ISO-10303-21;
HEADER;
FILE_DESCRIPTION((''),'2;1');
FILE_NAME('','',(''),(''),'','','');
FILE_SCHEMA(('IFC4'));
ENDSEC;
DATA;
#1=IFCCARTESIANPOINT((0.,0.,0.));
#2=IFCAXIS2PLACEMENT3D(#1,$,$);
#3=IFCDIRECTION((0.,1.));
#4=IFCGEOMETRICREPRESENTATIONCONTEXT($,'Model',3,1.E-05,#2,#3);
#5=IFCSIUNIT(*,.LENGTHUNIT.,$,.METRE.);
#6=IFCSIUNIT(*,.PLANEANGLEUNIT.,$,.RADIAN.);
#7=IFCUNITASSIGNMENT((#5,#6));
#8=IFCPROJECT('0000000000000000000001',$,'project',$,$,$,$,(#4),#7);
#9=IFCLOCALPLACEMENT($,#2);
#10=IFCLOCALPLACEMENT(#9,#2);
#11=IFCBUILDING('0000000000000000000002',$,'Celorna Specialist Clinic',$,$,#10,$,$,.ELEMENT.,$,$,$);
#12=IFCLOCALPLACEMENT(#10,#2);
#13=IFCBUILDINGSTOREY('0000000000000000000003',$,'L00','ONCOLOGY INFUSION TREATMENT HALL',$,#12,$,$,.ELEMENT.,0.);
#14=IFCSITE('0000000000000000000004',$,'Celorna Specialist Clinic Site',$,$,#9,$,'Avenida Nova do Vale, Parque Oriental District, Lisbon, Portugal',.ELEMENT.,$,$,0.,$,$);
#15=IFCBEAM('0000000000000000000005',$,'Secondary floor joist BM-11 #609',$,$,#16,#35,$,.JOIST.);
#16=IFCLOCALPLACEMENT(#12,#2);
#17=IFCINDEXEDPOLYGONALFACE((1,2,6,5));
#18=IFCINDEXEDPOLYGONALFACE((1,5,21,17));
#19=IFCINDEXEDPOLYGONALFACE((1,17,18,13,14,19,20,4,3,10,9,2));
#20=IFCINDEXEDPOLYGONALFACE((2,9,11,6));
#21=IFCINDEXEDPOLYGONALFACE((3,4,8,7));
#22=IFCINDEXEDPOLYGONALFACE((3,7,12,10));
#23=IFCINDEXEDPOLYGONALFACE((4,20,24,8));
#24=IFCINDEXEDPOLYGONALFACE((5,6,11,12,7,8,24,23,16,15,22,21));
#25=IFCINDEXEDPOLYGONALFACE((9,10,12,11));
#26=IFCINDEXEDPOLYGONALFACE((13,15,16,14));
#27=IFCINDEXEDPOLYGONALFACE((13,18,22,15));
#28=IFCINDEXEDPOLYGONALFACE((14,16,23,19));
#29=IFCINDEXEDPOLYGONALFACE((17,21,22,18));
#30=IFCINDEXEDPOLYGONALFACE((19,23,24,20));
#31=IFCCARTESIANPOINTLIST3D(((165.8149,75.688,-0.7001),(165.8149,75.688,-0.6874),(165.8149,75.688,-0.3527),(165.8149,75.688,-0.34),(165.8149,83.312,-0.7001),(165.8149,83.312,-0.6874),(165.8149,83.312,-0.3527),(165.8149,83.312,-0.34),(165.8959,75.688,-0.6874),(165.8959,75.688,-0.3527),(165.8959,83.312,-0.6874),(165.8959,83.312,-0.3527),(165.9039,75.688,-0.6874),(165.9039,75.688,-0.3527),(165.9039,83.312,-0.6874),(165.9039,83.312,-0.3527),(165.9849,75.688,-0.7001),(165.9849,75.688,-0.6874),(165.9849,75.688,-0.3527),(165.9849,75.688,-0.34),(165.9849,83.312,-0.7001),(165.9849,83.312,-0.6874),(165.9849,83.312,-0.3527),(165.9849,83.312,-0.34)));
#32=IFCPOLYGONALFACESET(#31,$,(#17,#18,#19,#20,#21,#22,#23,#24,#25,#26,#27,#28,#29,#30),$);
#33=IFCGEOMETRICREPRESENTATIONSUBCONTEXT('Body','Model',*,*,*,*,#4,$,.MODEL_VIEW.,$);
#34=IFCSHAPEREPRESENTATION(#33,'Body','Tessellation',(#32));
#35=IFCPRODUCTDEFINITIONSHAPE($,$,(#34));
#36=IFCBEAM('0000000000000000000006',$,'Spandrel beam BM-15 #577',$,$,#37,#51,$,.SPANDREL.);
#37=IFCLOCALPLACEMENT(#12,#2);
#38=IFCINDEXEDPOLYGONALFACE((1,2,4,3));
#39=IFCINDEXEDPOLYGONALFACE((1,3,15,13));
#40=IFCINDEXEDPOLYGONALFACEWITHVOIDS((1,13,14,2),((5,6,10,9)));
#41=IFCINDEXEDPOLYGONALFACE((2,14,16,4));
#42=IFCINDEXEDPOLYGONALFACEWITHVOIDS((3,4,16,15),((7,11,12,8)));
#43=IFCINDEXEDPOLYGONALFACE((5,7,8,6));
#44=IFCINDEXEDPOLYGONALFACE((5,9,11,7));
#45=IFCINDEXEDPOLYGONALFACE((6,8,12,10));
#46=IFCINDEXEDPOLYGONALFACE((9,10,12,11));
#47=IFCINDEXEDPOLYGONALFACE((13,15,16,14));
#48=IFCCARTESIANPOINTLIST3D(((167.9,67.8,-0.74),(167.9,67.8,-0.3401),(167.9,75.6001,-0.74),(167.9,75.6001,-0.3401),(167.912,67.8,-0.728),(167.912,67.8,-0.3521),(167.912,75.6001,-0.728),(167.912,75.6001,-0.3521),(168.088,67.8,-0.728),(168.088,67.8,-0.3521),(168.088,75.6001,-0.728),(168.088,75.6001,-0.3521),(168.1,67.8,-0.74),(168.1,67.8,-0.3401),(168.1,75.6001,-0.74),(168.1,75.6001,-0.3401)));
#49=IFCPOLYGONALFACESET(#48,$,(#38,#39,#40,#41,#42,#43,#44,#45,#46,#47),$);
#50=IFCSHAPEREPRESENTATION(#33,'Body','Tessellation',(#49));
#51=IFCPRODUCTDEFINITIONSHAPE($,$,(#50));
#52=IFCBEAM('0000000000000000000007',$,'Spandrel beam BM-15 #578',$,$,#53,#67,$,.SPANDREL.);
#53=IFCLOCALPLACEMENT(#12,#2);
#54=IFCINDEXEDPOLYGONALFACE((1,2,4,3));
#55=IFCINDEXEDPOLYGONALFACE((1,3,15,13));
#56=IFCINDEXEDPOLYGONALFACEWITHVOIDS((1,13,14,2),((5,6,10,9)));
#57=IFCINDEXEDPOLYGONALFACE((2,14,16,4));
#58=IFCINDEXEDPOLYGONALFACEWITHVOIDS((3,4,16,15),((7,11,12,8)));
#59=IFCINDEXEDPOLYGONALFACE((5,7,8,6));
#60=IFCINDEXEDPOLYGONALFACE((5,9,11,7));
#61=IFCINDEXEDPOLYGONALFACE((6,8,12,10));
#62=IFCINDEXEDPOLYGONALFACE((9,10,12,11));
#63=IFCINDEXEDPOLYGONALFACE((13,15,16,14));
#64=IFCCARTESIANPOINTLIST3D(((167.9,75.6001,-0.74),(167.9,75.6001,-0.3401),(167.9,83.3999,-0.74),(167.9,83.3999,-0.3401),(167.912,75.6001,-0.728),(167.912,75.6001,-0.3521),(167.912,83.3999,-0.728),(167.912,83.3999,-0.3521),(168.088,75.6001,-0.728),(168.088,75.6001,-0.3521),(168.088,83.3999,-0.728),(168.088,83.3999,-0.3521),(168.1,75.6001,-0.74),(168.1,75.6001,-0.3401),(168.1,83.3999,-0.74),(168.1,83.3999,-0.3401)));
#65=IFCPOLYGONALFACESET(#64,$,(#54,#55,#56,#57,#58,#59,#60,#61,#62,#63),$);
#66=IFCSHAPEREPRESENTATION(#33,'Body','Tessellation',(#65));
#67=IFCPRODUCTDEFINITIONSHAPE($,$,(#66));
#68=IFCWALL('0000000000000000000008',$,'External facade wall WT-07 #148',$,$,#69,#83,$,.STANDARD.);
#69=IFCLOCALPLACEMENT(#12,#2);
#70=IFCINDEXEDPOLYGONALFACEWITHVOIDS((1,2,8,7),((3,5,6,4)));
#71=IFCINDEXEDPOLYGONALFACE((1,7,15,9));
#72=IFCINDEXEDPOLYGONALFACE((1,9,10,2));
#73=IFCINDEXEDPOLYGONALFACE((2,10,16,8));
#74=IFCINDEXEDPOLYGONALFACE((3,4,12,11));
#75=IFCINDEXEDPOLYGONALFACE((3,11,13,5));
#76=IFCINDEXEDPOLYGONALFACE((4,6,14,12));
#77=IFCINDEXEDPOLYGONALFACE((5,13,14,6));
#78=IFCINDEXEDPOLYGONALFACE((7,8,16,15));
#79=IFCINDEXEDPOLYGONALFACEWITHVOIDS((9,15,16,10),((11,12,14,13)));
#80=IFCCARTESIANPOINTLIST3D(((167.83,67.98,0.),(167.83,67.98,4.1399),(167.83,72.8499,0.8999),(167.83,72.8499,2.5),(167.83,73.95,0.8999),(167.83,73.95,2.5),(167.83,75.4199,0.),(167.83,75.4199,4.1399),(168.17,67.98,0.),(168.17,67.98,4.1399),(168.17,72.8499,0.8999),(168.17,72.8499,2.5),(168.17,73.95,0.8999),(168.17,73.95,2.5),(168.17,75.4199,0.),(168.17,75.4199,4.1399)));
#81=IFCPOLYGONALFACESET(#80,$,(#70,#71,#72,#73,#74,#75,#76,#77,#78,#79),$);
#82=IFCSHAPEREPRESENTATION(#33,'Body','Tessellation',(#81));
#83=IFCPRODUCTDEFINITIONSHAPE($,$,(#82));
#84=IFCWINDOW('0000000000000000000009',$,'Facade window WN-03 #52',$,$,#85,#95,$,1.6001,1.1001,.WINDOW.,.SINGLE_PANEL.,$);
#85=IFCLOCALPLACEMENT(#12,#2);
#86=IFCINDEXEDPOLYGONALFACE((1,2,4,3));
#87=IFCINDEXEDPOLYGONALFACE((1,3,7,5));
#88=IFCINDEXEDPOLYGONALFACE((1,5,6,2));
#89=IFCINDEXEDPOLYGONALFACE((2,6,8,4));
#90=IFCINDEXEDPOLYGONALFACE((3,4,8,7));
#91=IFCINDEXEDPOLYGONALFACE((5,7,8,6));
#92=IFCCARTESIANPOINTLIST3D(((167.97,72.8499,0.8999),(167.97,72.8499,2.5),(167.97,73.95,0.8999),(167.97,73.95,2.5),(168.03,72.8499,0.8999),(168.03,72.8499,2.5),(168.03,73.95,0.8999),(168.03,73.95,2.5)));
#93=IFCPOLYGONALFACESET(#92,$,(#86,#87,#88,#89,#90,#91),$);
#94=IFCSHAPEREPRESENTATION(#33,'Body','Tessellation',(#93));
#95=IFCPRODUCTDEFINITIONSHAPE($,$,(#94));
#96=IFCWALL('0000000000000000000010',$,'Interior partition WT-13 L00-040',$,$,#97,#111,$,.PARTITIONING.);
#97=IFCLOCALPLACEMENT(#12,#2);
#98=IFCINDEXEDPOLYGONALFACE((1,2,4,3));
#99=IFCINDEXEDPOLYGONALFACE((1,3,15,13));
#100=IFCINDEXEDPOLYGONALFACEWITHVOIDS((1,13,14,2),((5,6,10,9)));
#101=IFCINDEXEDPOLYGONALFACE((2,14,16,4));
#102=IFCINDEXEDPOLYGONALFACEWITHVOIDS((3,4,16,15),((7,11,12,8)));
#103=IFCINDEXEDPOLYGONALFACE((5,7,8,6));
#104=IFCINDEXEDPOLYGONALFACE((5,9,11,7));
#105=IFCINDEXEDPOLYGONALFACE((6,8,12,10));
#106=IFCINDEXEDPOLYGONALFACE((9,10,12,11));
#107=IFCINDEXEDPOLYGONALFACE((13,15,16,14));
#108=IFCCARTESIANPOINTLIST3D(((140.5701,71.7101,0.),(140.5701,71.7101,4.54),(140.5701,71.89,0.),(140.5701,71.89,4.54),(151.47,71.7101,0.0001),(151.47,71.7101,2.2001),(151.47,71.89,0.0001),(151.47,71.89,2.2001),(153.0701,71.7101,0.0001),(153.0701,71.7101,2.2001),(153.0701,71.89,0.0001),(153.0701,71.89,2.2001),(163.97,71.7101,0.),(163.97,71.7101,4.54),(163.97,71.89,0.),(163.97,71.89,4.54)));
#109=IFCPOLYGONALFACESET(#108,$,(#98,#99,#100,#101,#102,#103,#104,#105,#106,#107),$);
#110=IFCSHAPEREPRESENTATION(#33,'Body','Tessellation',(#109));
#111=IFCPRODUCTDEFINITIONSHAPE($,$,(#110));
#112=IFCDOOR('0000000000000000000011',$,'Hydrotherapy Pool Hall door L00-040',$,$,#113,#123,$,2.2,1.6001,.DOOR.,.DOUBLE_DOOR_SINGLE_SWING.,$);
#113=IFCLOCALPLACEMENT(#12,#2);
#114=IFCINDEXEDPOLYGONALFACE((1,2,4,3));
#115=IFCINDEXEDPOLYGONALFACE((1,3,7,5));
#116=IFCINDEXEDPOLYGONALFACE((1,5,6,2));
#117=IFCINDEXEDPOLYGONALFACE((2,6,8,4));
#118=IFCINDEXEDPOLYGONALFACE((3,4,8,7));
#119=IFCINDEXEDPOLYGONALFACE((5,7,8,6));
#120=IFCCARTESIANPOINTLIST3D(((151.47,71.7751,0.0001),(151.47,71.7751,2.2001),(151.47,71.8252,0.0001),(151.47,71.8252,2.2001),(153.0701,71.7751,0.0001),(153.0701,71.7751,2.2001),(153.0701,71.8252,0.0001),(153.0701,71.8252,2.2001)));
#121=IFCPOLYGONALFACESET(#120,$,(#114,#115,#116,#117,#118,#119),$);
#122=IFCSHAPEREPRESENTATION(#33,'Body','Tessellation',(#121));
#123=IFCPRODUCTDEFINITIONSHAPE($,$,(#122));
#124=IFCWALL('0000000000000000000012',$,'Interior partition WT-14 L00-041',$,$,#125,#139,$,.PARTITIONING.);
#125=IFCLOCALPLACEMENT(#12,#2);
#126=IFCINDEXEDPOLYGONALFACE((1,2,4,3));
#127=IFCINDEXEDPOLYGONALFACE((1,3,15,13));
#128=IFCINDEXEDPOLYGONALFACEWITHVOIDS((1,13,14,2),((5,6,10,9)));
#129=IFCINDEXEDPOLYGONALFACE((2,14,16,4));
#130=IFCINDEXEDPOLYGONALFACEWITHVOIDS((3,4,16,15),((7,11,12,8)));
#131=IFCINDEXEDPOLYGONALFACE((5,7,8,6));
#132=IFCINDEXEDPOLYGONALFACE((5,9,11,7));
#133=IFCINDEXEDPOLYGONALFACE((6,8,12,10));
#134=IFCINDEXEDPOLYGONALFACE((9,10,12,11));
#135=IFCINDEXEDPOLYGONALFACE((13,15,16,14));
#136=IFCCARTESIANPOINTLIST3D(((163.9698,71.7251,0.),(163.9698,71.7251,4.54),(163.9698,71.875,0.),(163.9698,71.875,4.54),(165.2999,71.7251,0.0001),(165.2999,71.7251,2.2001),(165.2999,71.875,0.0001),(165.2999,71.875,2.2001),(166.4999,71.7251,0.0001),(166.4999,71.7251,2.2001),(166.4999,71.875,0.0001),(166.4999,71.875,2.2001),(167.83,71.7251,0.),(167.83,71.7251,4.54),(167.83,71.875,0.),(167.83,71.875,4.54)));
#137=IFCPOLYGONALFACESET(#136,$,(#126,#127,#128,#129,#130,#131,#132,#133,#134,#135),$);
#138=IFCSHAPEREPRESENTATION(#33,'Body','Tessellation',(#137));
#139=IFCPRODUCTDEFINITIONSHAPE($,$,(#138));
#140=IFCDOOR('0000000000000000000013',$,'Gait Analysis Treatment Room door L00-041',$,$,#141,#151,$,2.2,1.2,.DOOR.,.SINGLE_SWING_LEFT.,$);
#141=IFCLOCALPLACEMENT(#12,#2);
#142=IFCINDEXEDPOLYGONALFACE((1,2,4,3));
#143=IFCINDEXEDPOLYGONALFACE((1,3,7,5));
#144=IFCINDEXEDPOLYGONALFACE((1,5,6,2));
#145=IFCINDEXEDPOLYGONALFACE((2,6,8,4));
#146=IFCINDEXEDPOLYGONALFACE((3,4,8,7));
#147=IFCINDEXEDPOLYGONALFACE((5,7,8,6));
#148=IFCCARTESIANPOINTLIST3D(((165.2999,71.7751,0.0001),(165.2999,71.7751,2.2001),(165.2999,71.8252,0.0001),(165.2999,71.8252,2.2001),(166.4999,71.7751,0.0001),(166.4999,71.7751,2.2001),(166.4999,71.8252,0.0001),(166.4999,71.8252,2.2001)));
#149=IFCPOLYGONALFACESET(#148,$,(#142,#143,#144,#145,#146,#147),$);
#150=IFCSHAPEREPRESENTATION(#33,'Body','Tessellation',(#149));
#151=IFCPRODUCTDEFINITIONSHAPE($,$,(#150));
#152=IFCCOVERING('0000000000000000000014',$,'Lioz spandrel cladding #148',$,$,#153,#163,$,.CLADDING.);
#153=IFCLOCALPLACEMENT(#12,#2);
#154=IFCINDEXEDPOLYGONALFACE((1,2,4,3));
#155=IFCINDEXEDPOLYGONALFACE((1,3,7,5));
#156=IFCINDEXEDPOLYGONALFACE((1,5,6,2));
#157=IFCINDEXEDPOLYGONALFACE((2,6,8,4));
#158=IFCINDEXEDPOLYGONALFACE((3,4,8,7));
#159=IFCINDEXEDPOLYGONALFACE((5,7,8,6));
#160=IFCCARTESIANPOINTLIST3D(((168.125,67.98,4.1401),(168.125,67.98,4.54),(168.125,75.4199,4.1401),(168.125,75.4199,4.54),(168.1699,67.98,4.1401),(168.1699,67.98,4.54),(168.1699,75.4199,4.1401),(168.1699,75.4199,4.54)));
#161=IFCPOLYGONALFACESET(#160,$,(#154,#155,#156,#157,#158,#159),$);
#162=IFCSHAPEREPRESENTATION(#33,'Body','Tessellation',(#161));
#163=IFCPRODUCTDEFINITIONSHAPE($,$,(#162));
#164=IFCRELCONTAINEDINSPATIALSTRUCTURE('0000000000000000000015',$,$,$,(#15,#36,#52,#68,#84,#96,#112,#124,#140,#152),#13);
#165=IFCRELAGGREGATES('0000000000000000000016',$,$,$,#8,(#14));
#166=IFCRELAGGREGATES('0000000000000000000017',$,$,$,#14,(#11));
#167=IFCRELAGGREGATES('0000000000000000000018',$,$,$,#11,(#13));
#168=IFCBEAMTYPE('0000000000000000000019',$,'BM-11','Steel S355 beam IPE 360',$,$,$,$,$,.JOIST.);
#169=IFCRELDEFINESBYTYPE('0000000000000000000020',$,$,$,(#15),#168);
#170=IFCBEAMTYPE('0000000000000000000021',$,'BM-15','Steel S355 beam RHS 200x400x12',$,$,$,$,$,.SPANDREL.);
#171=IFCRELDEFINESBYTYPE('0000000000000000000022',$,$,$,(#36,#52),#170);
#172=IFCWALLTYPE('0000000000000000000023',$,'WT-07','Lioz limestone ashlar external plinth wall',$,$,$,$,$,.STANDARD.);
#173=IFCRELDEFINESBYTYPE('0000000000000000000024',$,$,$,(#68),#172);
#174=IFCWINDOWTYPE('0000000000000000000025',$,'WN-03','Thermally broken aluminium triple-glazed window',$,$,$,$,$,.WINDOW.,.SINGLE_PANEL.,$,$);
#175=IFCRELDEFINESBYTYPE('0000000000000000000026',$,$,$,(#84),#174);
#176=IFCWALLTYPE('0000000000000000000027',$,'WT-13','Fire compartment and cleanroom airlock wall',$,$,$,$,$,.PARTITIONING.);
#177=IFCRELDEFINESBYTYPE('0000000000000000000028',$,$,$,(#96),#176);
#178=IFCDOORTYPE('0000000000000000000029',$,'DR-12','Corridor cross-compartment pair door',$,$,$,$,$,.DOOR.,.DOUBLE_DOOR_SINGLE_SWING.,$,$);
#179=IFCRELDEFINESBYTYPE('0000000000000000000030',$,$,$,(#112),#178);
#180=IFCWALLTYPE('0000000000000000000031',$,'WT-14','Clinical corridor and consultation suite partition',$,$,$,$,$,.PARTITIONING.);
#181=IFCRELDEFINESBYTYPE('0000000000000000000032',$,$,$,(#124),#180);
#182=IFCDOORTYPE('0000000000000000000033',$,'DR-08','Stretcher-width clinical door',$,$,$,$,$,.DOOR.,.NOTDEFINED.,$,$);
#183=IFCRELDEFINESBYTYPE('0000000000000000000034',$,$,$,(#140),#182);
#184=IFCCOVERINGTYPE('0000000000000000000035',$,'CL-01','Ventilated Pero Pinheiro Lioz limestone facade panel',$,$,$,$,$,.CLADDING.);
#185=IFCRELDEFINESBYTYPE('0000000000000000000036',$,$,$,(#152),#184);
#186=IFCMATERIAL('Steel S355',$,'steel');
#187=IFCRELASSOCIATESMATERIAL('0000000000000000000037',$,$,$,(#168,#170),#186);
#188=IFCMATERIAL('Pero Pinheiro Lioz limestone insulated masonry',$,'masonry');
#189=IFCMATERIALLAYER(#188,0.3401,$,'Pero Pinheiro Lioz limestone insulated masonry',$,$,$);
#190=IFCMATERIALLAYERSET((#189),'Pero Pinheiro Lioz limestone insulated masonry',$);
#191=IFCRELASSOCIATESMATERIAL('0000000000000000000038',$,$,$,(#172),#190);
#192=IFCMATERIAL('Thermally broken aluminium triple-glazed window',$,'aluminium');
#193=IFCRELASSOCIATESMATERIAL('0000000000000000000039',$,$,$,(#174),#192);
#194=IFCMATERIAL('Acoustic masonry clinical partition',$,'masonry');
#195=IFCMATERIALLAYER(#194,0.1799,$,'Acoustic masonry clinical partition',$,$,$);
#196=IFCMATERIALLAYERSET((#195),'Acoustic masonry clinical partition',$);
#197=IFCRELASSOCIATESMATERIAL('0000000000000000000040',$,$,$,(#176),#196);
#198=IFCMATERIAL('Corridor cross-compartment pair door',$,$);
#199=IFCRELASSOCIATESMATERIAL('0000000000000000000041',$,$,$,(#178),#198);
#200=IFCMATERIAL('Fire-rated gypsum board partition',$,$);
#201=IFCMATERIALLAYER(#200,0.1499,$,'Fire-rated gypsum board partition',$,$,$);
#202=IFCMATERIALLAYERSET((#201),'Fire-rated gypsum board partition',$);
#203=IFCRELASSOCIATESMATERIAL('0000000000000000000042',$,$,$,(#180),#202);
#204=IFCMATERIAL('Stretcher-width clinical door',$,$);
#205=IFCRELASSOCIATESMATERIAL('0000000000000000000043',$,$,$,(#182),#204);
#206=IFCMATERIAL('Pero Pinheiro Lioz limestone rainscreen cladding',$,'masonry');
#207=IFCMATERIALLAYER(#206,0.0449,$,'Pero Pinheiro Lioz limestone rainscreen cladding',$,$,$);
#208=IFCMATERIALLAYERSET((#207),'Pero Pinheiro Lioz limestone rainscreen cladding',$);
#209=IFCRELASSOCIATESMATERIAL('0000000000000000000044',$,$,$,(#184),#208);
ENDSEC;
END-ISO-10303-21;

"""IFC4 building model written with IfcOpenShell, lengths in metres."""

from ifc_helpers import new_model, si_unit, direction, frame, frame_2d, origin, origin_2d, place, context, subcontext, project, spatial, rectangle, hollow_rectangle, i_section, extrude, material, layer, layer_set, material_profile, profile_set, type_object, element, fill, save


model = new_model("IFC4")

# Units and contexts
model_context = context("Model", 3, precision=1e-05, world=origin(), true_north=direction((0.0, 1.0)))
body_context = subcontext(model_context, "Body", "Model", "MODEL_VIEW")
ifc_project = project(units=[si_unit("LENGTHUNIT", "METRE"), si_unit("PLANEANGLEUNIT", "RADIAN")], contexts=[model_context])

# Site, building, storey
site_placement = place(None, origin())
site = spatial("IfcSite", under=ifc_project, at=site_placement, Name="Celorna Specialist Clinic Site", LongName="Avenida Nova do Vale, Parque Oriental District, Lisbon, Portugal", CompositionType="ELEMENT", RefElevation=0.0)
building_placement = place(site_placement, origin())
building = spatial("IfcBuilding", under=site, at=building_placement, Name="Celorna Specialist Clinic", CompositionType="ELEMENT")
storey_placement = place(building_placement, origin())
storey = spatial("IfcBuildingStorey", under=building, at=storey_placement, Name="L00", Description="ONCOLOGY INFUSION TREATMENT HALL", CompositionType="ELEMENT", Elevation=0.0)

# Shared definitions
ifc_material_1 = material(Name="Steel S355", Category="steel")

# Beams
ifc_material_profile_1 = material_profile(ifc_material_1, i_section(OverallWidth=0.1699, OverallDepth=0.3601, WebThickness=0.0081, FlangeThickness=0.0127, at=origin_2d()), Name="IPE 360")
ifc_profile_set_1 = profile_set([ifc_material_profile_1], Name="Steel S355")
beam_type_1 = type_object("IfcBeamType", Name="BM-11", Description="Steel S355 beam IPE 360", PredefinedType="JOIST", material=ifc_profile_set_1)
for number, where, z_axis, x_axis, name in (
    (1, (165.8999, 75.688, -0.52), (0.0, 1.0, 0.0), (-1.0, 0.0, 0.0), "Secondary floor joist BM-11 #609"),
):
    element("IfcBeam", number, at=place(storey_placement, frame(where, z_axis=z_axis, x_axis=x_axis)), inside=storey, type_object=beam_type_1, Name=name, PredefinedType="JOIST", context=body_context, shape_type="SweptSolid", body=[
        extrude(i_section(OverallWidth=0.1699, OverallDepth=0.3601, WebThickness=0.0081, FlangeThickness=0.0127, at=origin_2d()), origin(), (0.0, 0.0, 1.0), 7.624),
    ])
ifc_material_profile_2 = material_profile(ifc_material_1, hollow_rectangle(XDim=0.2, YDim=0.3999, WallThickness=0.012, at=origin_2d()), Name="RHS 200x400x12")
ifc_profile_set_2 = profile_set([ifc_material_profile_2], Name="Steel S355")
beam_type_2 = type_object("IfcBeamType", Name="BM-15", Description="Steel S355 beam RHS 200x400x12", PredefinedType="SPANDREL", material=ifc_profile_set_2)
beam_1_placement = place(storey_placement, frame((168.0, 67.8, -0.54), z_axis=(0.0, 1.0, 0.0), x_axis=(-1.0, 0.0, 0.0)))
element("IfcBeam", 2, at=beam_1_placement, inside=storey, type_object=beam_type_2, Name="Spandrel beam BM-15 #577", PredefinedType="SPANDREL", context=body_context, shape_type="SweptSolid", body=[
    extrude(hollow_rectangle(XDim=0.2, YDim=0.3999, WallThickness=0.012, at=origin_2d()), origin(), (0.0, 0.0, 1.0), 7.8),
])
beam_2_placement = place(storey_placement, frame((168.0, 75.6001, -0.54), z_axis=(0.0, 1.0, 0.0), x_axis=(-1.0, 0.0, 0.0)))
element("IfcBeam", 3, at=beam_2_placement, inside=storey, type_object=beam_type_2, Name="Spandrel beam BM-15 #578", PredefinedType="SPANDREL", context=body_context, shape_type="SweptSolid", body=[
    extrude(hollow_rectangle(XDim=0.2, YDim=0.3999, WallThickness=0.012, at=origin_2d()), origin(), (0.0, 0.0, 1.0), 7.7998),
])

# Wall, opening, window
ifc_material_2 = material(Name="Pero Pinheiro Lioz limestone insulated masonry", Category="masonry")
ifc_layer_1 = layer(ifc_material_2, 0.3401, Name="Pero Pinheiro Lioz limestone insulated masonry")
ifc_layer_set_1 = layer_set([ifc_layer_1], Name="Pero Pinheiro Lioz limestone insulated masonry")
wall_type_1 = type_object("IfcWallType", Name="WT-07", Description="Lioz limestone ashlar external plinth wall", PredefinedType="STANDARD", material=ifc_layer_set_1)
wall_1_placement = place(storey_placement, frame((168.0, 75.4199, 0.0), z_axis=(0.0, 0.0, 1.0), x_axis=(0.0, -1.0, 0.0)))
wall_1 = element("IfcWall", 4, at=wall_1_placement, inside=storey, type_object=wall_type_1, Name="External facade wall WT-07 #148", PredefinedType="STANDARD", context=body_context, shape_type="SweptSolid", body=[
    extrude(rectangle(XDim=7.4399, YDim=0.3401, at=frame_2d((3.72, 0.0))), origin(), (0.0, 0.0, 1.0), 4.1399),
])
opening_1_placement = place(wall_1_placement, frame((1.47, 0.0, 0.8999)))
opening_1 = element("IfcOpeningElement", 5, at=opening_1_placement, cuts=wall_1, PredefinedType="OPENING", context=body_context, shape_type="SweptSolid", body=[
    extrude(rectangle(XDim=1.1001, YDim=1.6001, at=frame_2d((0.55, 0.8))), frame((0.0, 0.1799, 0.0), z_axis=(0.0, -1.0, 0.0), x_axis=(1.0, 0.0, 0.0)), (0.0, 0.0, 1.0), 0.3601),
])
ifc_material_3 = material(Name="Thermally broken aluminium triple-glazed window", Category="aluminium")
window_type = type_object("IfcWindowType", Name="WN-03", Description="Thermally broken aluminium triple-glazed window", PartitioningType="SINGLE_PANEL", PredefinedType="WINDOW", material=ifc_material_3)
window_placement = place(opening_1_placement, origin())
window = element("IfcWindow", 6, at=window_placement, inside=storey, type_object=window_type, Name="Facade window WN-03 #52", OverallHeight=1.6001, OverallWidth=1.1001, PartitioningType="SINGLE_PANEL", PredefinedType="WINDOW", context=body_context, shape_type="SweptSolid", body=[
    extrude(rectangle(XDim=1.1001, YDim=1.6001, at=frame_2d((0.55, 0.8))), frame((0.0, 0.03, 0.0), z_axis=(0.0, -1.0, 0.0), x_axis=(1.0, 0.0, 0.0)), (0.0, 0.0, 1.0), 0.0601),
])
fill(opening_1, window)

# Walls, openings, doors
ifc_material_4 = material(Name="Acoustic masonry clinical partition", Category="masonry")
ifc_layer_2 = layer(ifc_material_4, 0.1799, Name="Acoustic masonry clinical partition")
ifc_layer_set_2 = layer_set([ifc_layer_2], Name="Acoustic masonry clinical partition")
wall_type_2 = type_object("IfcWallType", Name="WT-13", Description="Fire compartment and cleanroom airlock wall", PredefinedType="PARTITIONING", material=ifc_layer_set_2)
wall_2_placement = place(storey_placement, frame((163.97, 71.8, 0.0), z_axis=(0.0, 0.0, 1.0), x_axis=(-1.0, 0.0, 0.0)))
wall_2 = element("IfcWall", 7, at=wall_2_placement, inside=storey, type_object=wall_type_2, Name="Interior partition WT-13 L00-040", PredefinedType="PARTITIONING", context=body_context, shape_type="SweptSolid", body=[
    extrude(rectangle(XDim=23.3999, YDim=0.1799, at=frame_2d((11.7, 0.0))), origin(), (0.0, 0.0, 1.0), 4.54),
])
opening_2_placement = place(wall_2_placement, frame((10.8999, 0.0, 0.0)))
opening_2 = element("IfcOpeningElement", 8, at=opening_2_placement, cuts=wall_2, PredefinedType="OPENING", context=body_context, shape_type="SweptSolid", body=[
    extrude(rectangle(XDim=1.6001, YDim=2.2, at=frame_2d((0.8, 1.1001))), frame((0.0, 0.0999, 0.0), z_axis=(0.0, -1.0, 0.0), x_axis=(1.0, 0.0, 0.0)), (0.0, 0.0, 1.0), 0.2),
])
ifc_material_5 = material(Name="Corridor cross-compartment pair door")
door_type_1 = type_object("IfcDoorType", Name="DR-12", Description="Corridor cross-compartment pair door", OperationType="DOUBLE_DOOR_SINGLE_SWING", PredefinedType="DOOR", material=ifc_material_5)
door_1_placement = place(opening_2_placement, origin())
door_1 = element("IfcDoor", 9, at=door_1_placement, inside=storey, type_object=door_type_1, Name="Hydrotherapy Pool Hall door L00-040", OperationType="DOUBLE_DOOR_SINGLE_SWING", OverallHeight=2.2, OverallWidth=1.6001, PredefinedType="DOOR", context=body_context, shape_type="SweptSolid", body=[
    extrude(rectangle(XDim=1.6001, YDim=2.2, at=frame_2d((0.8, 1.1001))), frame((0.0, 0.0249, 0.0), z_axis=(0.0, -1.0, 0.0), x_axis=(1.0, 0.0, 0.0)), (0.0, 0.0, 1.0), 0.05),
])
fill(opening_2, door_1)
ifc_material_6 = material(Name="Fire-rated gypsum board partition")
ifc_layer_3 = layer(ifc_material_6, 0.1499, Name="Fire-rated gypsum board partition")
ifc_layer_set_3 = layer_set([ifc_layer_3], Name="Fire-rated gypsum board partition")
wall_type_3 = type_object("IfcWallType", Name="WT-14", Description="Clinical corridor and consultation suite partition", PredefinedType="PARTITIONING", material=ifc_layer_set_3)
wall_3_placement = place(storey_placement, frame((167.8301, 71.8, 0.0), z_axis=(0.0, 0.0, 1.0), x_axis=(-1.0, 0.0, 0.0)))
wall_3 = element("IfcWall", 10, at=wall_3_placement, inside=storey, type_object=wall_type_3, Name="Interior partition WT-14 L00-041", PredefinedType="PARTITIONING", context=body_context, shape_type="SweptSolid", body=[
    extrude(rectangle(XDim=3.8601, YDim=0.1499, at=frame_2d((1.9302, 0.0))), origin(), (0.0, 0.0, 1.0), 4.54),
])
opening_3_placement = place(wall_3_placement, frame((1.3301, 0.0, 0.0)))
opening_3 = element("IfcOpeningElement", 11, at=opening_3_placement, cuts=wall_3, PredefinedType="OPENING", context=body_context, shape_type="SweptSolid", body=[
    extrude(rectangle(XDim=1.2, YDim=2.2, at=frame_2d((0.6001, 1.1001))), frame((0.0, 0.085, 0.0), z_axis=(0.0, -1.0, 0.0), x_axis=(1.0, 0.0, 0.0)), (0.0, 0.0, 1.0), 0.1699),
])
ifc_material_7 = material(Name="Stretcher-width clinical door")
door_type_2 = type_object("IfcDoorType", Name="DR-08", Description="Stretcher-width clinical door", OperationType="NOTDEFINED", PredefinedType="DOOR", material=ifc_material_7)
door_2_placement = place(opening_3_placement, origin())
door_2 = element("IfcDoor", 12, at=door_2_placement, inside=storey, type_object=door_type_2, Name="Gait Analysis Treatment Room door L00-041", OperationType="SINGLE_SWING_LEFT", OverallHeight=2.2, OverallWidth=1.2, PredefinedType="DOOR", context=body_context, shape_type="SweptSolid", body=[
    extrude(rectangle(XDim=1.2, YDim=2.2, at=frame_2d((0.6001, 1.1001))), frame((0.0, 0.0249, 0.0), z_axis=(0.0, -1.0, 0.0), x_axis=(1.0, 0.0, 0.0)), (0.0, 0.0, 1.0), 0.05),
])
fill(opening_3, door_2)

# Covering
ifc_material_8 = material(Name="Pero Pinheiro Lioz limestone rainscreen cladding", Category="masonry")
ifc_layer_4 = layer(ifc_material_8, 0.0449, Name="Pero Pinheiro Lioz limestone rainscreen cladding")
ifc_layer_set_4 = layer_set([ifc_layer_4], Name="Pero Pinheiro Lioz limestone rainscreen cladding")
covering_type = type_object("IfcCoveringType", Name="CL-01", Description="Ventilated Pero Pinheiro Lioz limestone facade panel", PredefinedType="CLADDING", material=ifc_layer_set_4)
for number, where, z_axis, x_axis, name in (
    (13, (168.1475, 71.7, 4.1401), (0.0, 0.0, 1.0), (0.0, -1.0, 0.0), "Lioz spandrel cladding #148"),
):
    element("IfcCovering", number, at=place(storey_placement, frame(where, z_axis=z_axis, x_axis=x_axis)), inside=storey, type_object=covering_type, Name=name, PredefinedType="CLADDING", context=body_context, shape_type="SweptSolid", body=[
        extrude(rectangle(XDim=7.4399, YDim=0.0449, at=origin_2d()), origin(), (0.0, 0.0, 1.0), 0.3999),
    ])

save(model, "model.ifc")
